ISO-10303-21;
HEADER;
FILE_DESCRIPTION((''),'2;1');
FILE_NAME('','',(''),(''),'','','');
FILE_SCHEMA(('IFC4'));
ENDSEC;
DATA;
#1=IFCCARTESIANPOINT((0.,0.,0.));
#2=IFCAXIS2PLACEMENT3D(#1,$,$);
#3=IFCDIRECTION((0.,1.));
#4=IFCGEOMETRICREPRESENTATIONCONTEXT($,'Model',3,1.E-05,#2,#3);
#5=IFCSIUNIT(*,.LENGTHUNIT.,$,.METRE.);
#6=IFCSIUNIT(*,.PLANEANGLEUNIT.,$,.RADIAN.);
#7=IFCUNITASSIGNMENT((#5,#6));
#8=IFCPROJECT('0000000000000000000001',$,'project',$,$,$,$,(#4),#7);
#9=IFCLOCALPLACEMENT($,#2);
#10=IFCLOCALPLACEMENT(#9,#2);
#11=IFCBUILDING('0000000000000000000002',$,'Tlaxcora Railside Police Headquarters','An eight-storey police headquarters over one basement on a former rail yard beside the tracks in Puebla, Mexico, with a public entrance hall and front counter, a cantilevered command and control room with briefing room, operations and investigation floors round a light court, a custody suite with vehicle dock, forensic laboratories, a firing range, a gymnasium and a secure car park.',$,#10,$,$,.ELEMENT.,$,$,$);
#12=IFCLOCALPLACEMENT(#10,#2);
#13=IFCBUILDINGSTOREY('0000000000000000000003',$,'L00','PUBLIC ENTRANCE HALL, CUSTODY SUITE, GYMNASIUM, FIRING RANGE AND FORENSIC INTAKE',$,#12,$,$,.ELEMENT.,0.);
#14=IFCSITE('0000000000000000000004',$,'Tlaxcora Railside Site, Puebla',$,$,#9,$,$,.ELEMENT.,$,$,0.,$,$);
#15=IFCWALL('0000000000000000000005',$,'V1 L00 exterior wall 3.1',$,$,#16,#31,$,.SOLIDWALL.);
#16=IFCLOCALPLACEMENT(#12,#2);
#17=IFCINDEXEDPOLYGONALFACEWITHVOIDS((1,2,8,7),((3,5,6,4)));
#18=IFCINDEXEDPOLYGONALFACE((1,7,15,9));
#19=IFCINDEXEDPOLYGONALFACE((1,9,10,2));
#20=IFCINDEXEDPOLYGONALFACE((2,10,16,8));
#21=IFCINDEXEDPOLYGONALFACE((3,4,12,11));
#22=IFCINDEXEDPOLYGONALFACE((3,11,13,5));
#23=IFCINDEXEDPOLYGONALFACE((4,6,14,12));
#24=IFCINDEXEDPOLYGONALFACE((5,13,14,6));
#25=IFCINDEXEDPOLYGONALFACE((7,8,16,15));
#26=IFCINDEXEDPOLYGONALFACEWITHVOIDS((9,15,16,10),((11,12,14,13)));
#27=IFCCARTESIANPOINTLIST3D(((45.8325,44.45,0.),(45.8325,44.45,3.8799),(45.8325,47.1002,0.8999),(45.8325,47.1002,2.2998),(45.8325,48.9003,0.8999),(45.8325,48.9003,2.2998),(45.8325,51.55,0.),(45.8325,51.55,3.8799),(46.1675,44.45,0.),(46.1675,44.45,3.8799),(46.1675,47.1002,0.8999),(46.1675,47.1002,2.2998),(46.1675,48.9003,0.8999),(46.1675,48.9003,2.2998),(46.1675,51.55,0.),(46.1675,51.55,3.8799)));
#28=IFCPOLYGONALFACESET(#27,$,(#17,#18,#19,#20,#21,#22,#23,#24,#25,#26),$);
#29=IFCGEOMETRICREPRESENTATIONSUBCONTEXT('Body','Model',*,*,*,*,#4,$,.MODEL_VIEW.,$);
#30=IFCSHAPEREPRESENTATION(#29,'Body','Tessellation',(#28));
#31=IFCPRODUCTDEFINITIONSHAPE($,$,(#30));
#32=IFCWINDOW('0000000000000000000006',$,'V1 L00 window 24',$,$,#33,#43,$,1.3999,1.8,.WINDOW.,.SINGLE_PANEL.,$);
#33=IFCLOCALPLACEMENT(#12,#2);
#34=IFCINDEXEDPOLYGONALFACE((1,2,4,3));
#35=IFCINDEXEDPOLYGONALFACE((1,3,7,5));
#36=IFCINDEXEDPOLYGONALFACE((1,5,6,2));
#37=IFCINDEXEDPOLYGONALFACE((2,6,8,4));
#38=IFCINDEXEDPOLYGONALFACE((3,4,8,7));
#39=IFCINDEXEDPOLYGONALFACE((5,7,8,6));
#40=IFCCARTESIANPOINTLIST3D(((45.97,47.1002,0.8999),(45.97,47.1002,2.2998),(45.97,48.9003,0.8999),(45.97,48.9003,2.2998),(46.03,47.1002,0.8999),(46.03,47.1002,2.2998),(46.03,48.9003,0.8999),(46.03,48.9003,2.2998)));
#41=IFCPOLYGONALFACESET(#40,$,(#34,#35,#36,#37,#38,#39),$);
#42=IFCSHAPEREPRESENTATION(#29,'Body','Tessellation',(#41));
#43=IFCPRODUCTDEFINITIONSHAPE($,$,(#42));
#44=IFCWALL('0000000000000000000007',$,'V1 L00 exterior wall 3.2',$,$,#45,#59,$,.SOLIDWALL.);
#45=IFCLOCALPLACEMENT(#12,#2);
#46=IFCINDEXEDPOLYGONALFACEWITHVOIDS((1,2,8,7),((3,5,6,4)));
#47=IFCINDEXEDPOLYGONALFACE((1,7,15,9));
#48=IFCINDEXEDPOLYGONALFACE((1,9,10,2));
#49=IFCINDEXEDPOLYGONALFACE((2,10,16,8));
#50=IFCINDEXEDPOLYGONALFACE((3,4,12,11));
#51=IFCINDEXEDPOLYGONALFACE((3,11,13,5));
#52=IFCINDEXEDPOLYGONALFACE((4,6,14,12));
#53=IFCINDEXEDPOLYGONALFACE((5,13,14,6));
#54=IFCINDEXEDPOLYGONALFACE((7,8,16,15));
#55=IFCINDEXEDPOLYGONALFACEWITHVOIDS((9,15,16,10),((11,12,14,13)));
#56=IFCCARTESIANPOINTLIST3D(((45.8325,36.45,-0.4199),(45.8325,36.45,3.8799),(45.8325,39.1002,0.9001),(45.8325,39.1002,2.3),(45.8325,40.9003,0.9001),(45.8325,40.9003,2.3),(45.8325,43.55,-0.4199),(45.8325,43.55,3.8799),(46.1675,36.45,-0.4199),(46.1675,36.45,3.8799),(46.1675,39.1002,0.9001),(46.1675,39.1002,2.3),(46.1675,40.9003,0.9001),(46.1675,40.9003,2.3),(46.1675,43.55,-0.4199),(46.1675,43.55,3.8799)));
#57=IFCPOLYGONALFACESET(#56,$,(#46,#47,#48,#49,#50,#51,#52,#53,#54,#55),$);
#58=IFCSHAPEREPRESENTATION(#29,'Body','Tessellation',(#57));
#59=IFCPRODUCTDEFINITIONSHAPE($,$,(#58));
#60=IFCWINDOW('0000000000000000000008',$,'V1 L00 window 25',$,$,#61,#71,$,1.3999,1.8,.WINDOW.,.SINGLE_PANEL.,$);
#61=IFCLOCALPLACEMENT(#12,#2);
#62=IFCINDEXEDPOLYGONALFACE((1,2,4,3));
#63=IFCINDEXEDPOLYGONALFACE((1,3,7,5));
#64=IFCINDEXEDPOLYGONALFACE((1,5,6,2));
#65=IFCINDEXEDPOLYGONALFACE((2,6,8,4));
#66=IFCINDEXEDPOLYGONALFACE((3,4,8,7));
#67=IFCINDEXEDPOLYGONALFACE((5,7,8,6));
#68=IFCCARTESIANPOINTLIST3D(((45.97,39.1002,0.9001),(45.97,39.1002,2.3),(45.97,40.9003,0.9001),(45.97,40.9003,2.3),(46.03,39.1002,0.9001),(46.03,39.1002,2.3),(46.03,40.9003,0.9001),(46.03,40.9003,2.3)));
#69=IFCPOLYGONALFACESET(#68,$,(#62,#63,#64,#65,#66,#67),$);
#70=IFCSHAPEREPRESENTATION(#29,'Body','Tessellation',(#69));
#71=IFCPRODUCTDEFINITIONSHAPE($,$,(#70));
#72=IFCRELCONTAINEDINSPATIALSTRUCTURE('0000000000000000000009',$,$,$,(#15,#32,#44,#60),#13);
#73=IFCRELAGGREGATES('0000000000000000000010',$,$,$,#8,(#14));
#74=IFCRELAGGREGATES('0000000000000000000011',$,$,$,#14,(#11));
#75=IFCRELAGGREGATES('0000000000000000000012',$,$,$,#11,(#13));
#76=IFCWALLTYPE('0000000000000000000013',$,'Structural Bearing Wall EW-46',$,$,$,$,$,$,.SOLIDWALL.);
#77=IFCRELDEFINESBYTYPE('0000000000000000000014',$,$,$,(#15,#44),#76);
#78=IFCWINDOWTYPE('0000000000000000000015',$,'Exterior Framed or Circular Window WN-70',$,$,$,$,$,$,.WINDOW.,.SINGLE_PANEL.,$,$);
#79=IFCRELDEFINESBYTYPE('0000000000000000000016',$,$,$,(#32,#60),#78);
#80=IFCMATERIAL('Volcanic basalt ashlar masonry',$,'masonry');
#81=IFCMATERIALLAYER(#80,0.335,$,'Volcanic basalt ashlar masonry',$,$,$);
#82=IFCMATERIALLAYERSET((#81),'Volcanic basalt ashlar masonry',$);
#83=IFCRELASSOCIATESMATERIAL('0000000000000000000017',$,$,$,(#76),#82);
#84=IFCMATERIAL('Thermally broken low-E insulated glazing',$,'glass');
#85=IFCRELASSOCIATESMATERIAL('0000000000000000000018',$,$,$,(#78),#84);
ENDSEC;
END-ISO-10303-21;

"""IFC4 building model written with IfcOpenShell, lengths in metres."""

from ifc_helpers import new_model, si_unit, direction, frame, frame_2d, origin, place, context, subcontext, project, spatial, rectangle, extrude, material, layer, layer_set, type_object, element, fill, save


model = new_model("IFC4")

# Units and contexts
model_context = context("Model", 3, precision=1e-05, world=origin(), true_north=direction((0.0, 1.0)))
body_context = subcontext(model_context, "Body", "Model", "MODEL_VIEW")
ifc_project = project(units=[si_unit("LENGTHUNIT", "METRE"), si_unit("PLANEANGLEUNIT", "RADIAN")], contexts=[model_context])

# Site, building, storey
site_placement = place(None, origin())
site = spatial("IfcSite", under=ifc_project, at=site_placement, Name="Tlaxcora Railside Site, Puebla", CompositionType="ELEMENT", RefElevation=0.0)
building_placement = place(site_placement, origin())
building = spatial("IfcBuilding", under=site, at=building_placement, Name="Tlaxcora Railside Police Headquarters", Description="An eight-storey police headquarters over one basement on a former rail yard beside the tracks in Puebla, Mexico, with a public entrance hall and front counter, a cantilevered command and control room with briefing room, operations and investigation floors round a light court, a custody suite with vehicle dock, forensic laboratories, a firing range, a gymnasium and a secure car park.", CompositionType="ELEMENT")
storey_placement = place(building_placement, origin())
storey = spatial("IfcBuildingStorey", under=building, at=storey_placement, Name="L00", Description="PUBLIC ENTRANCE HALL, CUSTODY SUITE, GYMNASIUM, FIRING RANGE AND FORENSIC INTAKE", CompositionType="ELEMENT", Elevation=0.0)

# Shared definitions
ifc_material_1 = material(Name="Thermally broken low-E insulated glazing", Category="glass")

# Walls, openings, windows
ifc_material_2 = material(Name="Volcanic basalt ashlar masonry", Category="masonry")
ifc_layer_1 = layer(ifc_material_2, 0.335, Name="Volcanic basalt ashlar masonry")
ifc_layer_set_1 = layer_set([ifc_layer_1], Name="Volcanic basalt ashlar masonry")
wall_type_1 = type_object("IfcWallType", Name="Structural Bearing Wall EW-46", PredefinedType="SOLIDWALL", material=ifc_layer_set_1)
wall_1_placement = place(storey_placement, frame((46.0, 51.55, 0.0), z_axis=(0.0, 0.0, 1.0), x_axis=(0.0, -1.0, 0.0)))
wall_1 = element("IfcWall", 1, at=wall_1_placement, inside=storey, type_object=wall_type_1, Name="V1 L00 exterior wall 3.1", PredefinedType="SOLIDWALL", context=body_context, shape_type="SweptSolid", body=[
    extrude(rectangle(XDim=7.1001, YDim=0.335, at=frame_2d((3.55, 0.0))), origin(), (0.0, 0.0, 1.0), 3.8799),
])
opening_1_placement = place(wall_1_placement, frame((2.6499, 0.0, 0.8999)))
opening_1 = element("IfcOpeningElement", 2, at=opening_1_placement, cuts=wall_1, PredefinedType="OPENING", context=body_context, shape_type="SweptSolid", body=[
    extrude(rectangle(XDim=1.8, YDim=1.3999, at=frame_2d((0.8999, 0.7))), frame((0.0, 0.1775, 0.0), z_axis=(0.0, -1.0, 0.0), x_axis=(1.0, 0.0, 0.0)), (0.0, 0.0, 1.0), 0.355),
])
window_type = type_object("IfcWindowType", Name="Exterior Framed or Circular Window WN-70", PartitioningType="SINGLE_PANEL", PredefinedType="WINDOW", material=ifc_material_1)
window_1_placement = place(opening_1_placement, origin())
window_1 = element("IfcWindow", 3, at=window_1_placement, inside=storey, type_object=window_type, Name="V1 L00 window 24", OverallHeight=1.3999, OverallWidth=1.8, PartitioningType="SINGLE_PANEL", PredefinedType="WINDOW", context=body_context, shape_type="SweptSolid", body=[
    extrude(rectangle(XDim=1.8, YDim=1.3999, at=frame_2d((0.8999, 0.7))), frame((0.0, 0.03, 0.0), z_axis=(0.0, -1.0, 0.0), x_axis=(1.0, 0.0, 0.0)), (0.0, 0.0, 1.0), 0.0601),
])
fill(opening_1, window_1)
wall_2_placement = place(storey_placement, frame((46.0, 43.55, -0.4199), z_axis=(0.0, 0.0, 1.0), x_axis=(0.0, -1.0, 0.0)))
wall_2 = element("IfcWall", 4, at=wall_2_placement, inside=storey, type_object=wall_type_1, Name="V1 L00 exterior wall 3.2", PredefinedType="SOLIDWALL", context=body_context, shape_type="SweptSolid", body=[
    extrude(rectangle(XDim=7.1001, YDim=0.335, at=frame_2d((3.55, 0.0))), origin(), (0.0, 0.0, 1.0), 4.2998),
])
opening_2_placement = place(wall_2_placement, frame((2.6499, 0.0, 1.3201)))
opening_2 = element("IfcOpeningElement", 5, at=opening_2_placement, cuts=wall_2, PredefinedType="OPENING", context=body_context, shape_type="SweptSolid", body=[
    extrude(rectangle(XDim=1.8, YDim=1.3999, at=frame_2d((0.8999, 0.7))), frame((0.0, 0.1775, 0.0), z_axis=(0.0, -1.0, 0.0), x_axis=(1.0, 0.0, 0.0)), (0.0, 0.0, 1.0), 0.355),
])
window_2_placement = place(opening_2_placement, origin())
window_2 = element("IfcWindow", 6, at=window_2_placement, inside=storey, type_object=window_type, Name="V1 L00 window 25", OverallHeight=1.3999, OverallWidth=1.8, PartitioningType="SINGLE_PANEL", PredefinedType="WINDOW", context=body_context, shape_type="SweptSolid", body=[
    extrude(rectangle(XDim=1.8, YDim=1.3999, at=frame_2d((0.8999, 0.7))), frame((0.0, 0.03, 0.0), z_axis=(0.0, -1.0, 0.0), x_axis=(1.0, 0.0, 0.0)), (0.0, 0.0, 1.0), 0.0601),
])
fill(opening_2, window_2)

save(model, "model.ifc")
